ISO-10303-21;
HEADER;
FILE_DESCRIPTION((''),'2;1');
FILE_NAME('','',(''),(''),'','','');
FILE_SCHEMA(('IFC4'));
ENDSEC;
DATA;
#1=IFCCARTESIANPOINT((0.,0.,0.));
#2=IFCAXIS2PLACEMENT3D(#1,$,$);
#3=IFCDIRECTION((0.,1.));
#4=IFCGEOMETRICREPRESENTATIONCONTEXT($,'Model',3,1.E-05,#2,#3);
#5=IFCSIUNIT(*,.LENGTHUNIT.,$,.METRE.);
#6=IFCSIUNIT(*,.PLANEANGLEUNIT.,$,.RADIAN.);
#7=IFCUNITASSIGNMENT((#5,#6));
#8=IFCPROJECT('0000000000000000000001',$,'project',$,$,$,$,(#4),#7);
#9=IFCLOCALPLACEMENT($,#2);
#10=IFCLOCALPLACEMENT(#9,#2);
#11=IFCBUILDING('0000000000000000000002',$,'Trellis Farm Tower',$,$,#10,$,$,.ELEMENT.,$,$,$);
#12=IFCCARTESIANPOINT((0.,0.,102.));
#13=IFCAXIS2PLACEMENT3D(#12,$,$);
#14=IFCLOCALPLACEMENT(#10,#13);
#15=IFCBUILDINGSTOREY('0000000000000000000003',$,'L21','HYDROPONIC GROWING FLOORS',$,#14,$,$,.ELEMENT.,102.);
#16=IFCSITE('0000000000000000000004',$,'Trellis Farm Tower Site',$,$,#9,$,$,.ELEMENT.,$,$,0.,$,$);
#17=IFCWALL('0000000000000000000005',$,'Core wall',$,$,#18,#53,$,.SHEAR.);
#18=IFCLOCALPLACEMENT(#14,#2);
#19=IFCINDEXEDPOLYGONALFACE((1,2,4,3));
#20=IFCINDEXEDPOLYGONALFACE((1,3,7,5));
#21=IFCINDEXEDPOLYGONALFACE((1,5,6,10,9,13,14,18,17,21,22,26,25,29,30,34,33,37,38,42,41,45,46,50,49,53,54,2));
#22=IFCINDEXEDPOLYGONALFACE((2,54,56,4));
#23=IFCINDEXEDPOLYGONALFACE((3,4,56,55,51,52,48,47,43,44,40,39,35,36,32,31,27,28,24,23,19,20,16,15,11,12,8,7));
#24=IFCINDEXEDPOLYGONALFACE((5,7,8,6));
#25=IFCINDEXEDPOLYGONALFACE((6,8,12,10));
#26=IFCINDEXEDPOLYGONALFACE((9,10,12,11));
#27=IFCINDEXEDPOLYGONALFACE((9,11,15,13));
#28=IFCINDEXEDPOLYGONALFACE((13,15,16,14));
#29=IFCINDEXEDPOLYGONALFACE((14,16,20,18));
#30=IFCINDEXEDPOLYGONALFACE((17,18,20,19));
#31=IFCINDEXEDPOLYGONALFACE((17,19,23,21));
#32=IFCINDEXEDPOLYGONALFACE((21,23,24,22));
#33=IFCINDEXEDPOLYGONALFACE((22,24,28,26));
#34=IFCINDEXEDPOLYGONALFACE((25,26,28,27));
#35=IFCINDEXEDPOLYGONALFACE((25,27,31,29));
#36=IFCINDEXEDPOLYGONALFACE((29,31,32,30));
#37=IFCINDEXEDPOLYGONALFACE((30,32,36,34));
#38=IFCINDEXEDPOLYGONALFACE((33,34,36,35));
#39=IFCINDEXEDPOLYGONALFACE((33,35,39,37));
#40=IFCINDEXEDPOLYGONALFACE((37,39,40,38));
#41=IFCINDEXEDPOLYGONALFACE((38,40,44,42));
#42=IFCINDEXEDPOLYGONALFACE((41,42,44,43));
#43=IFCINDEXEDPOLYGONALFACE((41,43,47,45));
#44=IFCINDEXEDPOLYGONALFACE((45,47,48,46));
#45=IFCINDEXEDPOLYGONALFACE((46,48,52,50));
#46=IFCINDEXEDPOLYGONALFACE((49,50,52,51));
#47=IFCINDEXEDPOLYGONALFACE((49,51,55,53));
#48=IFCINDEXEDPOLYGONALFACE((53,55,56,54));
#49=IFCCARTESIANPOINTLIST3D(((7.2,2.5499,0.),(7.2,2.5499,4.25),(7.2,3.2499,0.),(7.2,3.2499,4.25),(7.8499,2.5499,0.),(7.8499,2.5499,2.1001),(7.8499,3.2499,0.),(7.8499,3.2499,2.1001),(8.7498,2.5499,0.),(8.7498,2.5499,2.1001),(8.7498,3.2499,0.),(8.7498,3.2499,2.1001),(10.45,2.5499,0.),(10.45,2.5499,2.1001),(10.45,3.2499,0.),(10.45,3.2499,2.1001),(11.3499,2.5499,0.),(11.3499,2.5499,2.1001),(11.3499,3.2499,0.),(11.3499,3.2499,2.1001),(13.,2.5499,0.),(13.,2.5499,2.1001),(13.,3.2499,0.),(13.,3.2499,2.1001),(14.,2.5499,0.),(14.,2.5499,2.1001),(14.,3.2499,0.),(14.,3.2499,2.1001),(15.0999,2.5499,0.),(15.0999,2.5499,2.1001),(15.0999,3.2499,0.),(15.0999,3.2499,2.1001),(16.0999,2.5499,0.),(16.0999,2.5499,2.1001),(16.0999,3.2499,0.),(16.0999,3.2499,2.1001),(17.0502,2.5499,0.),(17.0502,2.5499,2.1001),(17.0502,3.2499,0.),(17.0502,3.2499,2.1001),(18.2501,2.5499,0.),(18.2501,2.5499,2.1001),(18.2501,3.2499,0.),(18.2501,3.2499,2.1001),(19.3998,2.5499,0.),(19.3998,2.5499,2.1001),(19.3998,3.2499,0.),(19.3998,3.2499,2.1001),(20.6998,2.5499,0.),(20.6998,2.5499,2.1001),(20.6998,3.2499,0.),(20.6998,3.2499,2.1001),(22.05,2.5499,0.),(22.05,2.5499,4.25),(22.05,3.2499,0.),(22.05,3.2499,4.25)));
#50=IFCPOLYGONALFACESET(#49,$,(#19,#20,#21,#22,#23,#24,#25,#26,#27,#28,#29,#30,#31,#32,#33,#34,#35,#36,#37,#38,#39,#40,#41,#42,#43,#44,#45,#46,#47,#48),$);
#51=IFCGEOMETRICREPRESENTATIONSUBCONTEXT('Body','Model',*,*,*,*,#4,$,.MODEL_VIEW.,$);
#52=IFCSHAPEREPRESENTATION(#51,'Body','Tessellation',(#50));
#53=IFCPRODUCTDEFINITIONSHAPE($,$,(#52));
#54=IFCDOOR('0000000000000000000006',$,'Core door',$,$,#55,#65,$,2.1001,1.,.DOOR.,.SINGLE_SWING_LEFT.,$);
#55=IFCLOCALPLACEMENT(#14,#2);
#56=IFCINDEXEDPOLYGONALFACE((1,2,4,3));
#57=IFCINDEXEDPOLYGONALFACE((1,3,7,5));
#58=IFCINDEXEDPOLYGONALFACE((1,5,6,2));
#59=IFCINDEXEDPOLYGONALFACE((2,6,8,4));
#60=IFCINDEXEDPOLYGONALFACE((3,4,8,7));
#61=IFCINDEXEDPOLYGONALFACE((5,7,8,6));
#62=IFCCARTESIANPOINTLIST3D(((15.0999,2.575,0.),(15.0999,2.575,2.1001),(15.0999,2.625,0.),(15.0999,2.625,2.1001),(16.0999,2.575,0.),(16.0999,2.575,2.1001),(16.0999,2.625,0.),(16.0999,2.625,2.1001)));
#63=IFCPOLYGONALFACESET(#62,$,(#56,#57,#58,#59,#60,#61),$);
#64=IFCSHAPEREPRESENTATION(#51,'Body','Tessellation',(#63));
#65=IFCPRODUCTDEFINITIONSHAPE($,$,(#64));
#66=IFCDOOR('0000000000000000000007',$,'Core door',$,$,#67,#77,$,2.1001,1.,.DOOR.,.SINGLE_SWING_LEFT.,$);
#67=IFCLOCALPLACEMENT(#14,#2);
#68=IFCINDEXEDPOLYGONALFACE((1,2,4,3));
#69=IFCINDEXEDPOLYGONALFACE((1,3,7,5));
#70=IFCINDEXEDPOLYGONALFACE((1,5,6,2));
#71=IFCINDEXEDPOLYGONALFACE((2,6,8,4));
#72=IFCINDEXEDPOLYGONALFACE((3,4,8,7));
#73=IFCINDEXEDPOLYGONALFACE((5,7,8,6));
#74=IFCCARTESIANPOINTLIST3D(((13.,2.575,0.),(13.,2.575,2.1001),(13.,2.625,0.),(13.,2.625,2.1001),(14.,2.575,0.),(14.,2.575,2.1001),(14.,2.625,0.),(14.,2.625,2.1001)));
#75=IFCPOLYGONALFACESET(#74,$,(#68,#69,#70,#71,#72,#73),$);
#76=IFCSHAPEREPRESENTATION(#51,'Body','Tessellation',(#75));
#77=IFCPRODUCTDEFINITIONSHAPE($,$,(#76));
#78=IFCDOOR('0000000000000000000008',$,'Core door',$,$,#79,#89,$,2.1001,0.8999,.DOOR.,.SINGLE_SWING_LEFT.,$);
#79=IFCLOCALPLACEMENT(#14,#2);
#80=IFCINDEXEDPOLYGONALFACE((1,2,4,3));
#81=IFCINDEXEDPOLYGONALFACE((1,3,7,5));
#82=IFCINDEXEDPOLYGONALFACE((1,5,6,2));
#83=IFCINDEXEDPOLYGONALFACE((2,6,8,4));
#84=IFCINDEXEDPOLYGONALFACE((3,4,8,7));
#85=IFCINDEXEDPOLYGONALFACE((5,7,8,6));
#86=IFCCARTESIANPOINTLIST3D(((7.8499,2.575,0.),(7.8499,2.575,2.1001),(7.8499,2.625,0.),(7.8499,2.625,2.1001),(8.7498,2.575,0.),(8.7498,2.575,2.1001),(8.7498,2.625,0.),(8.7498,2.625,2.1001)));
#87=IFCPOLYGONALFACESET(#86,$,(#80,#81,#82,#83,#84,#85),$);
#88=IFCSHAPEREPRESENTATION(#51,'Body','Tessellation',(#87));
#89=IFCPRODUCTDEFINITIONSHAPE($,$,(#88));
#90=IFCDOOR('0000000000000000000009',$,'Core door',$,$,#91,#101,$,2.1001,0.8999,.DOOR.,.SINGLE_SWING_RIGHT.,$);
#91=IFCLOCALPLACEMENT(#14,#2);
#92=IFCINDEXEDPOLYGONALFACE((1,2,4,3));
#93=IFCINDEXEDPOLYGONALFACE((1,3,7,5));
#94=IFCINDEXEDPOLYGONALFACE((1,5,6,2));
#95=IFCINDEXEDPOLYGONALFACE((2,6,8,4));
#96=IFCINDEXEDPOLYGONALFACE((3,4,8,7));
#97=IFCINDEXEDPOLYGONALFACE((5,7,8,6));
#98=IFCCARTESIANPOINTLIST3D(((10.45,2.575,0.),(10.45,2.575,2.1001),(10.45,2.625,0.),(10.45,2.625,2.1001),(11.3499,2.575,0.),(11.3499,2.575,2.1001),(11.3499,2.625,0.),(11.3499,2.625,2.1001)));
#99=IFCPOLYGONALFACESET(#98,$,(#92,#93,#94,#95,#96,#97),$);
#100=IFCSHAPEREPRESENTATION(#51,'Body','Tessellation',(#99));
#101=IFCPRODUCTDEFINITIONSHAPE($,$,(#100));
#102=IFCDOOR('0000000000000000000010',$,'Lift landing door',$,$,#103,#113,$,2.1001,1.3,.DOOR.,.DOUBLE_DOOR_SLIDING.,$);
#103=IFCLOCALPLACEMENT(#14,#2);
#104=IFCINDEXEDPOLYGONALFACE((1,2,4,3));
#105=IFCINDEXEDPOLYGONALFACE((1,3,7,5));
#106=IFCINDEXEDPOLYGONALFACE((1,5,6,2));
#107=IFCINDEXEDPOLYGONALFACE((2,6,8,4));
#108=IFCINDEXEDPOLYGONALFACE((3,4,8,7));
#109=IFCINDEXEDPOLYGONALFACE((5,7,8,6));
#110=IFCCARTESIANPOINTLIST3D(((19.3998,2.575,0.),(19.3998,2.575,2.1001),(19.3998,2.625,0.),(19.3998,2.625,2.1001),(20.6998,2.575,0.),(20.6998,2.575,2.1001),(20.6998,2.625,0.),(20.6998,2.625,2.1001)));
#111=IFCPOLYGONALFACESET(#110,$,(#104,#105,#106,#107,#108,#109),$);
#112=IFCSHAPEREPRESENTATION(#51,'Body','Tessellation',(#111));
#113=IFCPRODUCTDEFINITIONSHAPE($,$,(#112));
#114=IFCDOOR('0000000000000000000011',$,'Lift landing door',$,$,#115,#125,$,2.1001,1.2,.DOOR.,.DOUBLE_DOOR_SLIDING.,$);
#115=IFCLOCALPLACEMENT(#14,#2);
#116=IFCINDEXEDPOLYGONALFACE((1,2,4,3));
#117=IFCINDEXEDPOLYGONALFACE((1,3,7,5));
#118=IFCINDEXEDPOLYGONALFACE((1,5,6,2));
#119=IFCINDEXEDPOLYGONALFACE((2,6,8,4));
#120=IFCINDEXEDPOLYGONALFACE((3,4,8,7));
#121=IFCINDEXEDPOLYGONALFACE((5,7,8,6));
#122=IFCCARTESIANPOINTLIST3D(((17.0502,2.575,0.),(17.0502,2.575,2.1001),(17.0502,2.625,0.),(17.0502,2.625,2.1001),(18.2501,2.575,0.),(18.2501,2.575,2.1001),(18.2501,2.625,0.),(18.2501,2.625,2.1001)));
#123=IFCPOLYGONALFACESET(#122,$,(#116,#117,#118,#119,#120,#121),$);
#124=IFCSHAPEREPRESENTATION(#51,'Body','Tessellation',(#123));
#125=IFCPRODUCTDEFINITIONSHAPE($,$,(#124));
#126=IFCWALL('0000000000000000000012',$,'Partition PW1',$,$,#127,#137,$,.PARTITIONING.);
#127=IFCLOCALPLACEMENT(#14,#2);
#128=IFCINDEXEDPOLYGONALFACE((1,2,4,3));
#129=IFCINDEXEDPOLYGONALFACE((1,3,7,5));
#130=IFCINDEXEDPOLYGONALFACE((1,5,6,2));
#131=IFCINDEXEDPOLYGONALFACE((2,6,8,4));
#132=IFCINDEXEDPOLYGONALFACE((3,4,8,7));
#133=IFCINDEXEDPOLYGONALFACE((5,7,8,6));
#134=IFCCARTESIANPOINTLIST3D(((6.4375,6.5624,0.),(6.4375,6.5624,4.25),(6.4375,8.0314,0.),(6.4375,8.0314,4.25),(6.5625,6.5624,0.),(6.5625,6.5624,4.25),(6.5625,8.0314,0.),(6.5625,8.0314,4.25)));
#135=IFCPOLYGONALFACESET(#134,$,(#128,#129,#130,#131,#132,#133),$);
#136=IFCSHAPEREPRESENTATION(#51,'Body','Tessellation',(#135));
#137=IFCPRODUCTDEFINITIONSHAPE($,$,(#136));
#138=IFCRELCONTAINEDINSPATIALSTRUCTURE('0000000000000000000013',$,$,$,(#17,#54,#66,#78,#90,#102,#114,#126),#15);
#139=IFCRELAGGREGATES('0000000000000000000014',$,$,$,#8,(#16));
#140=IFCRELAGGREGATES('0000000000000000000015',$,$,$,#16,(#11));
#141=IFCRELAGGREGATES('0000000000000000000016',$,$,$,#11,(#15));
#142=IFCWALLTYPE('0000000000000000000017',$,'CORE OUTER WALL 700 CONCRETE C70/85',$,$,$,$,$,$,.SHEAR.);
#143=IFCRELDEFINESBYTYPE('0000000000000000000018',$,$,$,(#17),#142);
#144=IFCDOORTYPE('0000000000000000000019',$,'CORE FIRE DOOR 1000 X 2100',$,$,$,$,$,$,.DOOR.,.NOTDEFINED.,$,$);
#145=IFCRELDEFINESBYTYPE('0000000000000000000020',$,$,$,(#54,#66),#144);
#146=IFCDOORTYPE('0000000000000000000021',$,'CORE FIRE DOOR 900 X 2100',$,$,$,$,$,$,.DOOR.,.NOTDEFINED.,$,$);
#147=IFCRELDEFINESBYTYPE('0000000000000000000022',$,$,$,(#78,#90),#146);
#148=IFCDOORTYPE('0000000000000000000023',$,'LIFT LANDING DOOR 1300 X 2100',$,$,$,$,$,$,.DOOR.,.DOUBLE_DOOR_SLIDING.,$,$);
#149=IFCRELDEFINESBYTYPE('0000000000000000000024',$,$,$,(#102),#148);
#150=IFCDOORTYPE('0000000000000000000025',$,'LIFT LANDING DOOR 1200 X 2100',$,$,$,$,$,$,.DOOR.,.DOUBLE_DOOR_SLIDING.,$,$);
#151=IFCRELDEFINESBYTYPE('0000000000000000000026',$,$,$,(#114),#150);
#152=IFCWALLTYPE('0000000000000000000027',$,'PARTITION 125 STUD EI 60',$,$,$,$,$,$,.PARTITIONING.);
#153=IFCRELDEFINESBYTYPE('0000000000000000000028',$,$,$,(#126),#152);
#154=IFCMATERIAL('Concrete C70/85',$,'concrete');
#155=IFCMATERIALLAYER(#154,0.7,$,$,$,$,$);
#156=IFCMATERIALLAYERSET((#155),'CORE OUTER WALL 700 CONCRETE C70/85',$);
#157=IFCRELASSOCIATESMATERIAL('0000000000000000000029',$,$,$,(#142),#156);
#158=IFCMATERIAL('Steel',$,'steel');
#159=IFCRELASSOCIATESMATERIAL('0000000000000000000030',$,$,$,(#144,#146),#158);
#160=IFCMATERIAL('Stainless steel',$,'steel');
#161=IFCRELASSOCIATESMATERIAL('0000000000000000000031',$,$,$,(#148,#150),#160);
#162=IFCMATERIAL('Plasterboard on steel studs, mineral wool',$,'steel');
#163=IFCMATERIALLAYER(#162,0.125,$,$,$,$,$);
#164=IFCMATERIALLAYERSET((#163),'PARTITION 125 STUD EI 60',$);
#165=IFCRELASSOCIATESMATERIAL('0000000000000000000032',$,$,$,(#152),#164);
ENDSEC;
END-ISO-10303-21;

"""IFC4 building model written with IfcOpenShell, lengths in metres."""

from ifc_helpers import new_model, si_unit, direction, frame, frame_2d, origin, place, context, subcontext, project, spatial, rectangle, extrude, source, transform, mapped, material, layer, layer_set, type_object, element, fill, save


model = new_model("IFC4")

# Units and contexts
model_context = context("Model", 3, precision=1e-05, world=origin(), true_north=direction((0.0, 1.0)))
body_context = subcontext(model_context, "Body", "Model", "MODEL_VIEW")
ifc_project = project(units=[si_unit("LENGTHUNIT", "METRE"), si_unit("PLANEANGLEUNIT", "RADIAN")], contexts=[model_context])

# Site, building, storey
site_placement = place(None, origin())
site = spatial("IfcSite", under=ifc_project, at=site_placement, Name="Trellis Farm Tower Site", CompositionType="ELEMENT", RefElevation=0.0)
building_placement = place(site_placement, origin())
building = spatial("IfcBuilding", under=site, at=building_placement, Name="Trellis Farm Tower", CompositionType="ELEMENT")
storey_placement = place(building_placement, frame((0.0, 0.0, 102.0)))
storey = spatial("IfcBuildingStorey", under=building, at=storey_placement, Name="L21", Description="HYDROPONIC GROWING FLOORS", CompositionType="ELEMENT", Elevation=102.0)

# Shared definitions
ifc_material_1 = material(Name="Concrete C70/85", Category="concrete")

# Wall, openings, doors
ifc_layer_1 = layer(ifc_material_1, 0.7)
ifc_layer_set_1 = layer_set([ifc_layer_1], Name="CORE OUTER WALL 700 CONCRETE C70/85")
wall_type_1 = type_object("IfcWallType", Name="CORE OUTER WALL 700 CONCRETE C70/85", PredefinedType="SHEAR", material=ifc_layer_set_1)
shared_shape_1 = source(origin(), body_context, "Body", "SweptSolid", [
    extrude(rectangle(XDim=14.8501, YDim=0.7, at=frame_2d((7.425, 0.0))), origin(), (0.0, 0.0, 1.0), 4.25),
])
wall_1_placement = place(storey_placement, frame((7.2, 2.8999, 0.0), z_axis=(0.0, 0.0, 1.0), x_axis=(1.0, 0.0, 0.0)))
wall_1 = element("IfcWall", 1, at=wall_1_placement, inside=storey, type_object=wall_type_1, Name="Core wall", PredefinedType="SHEAR", context=body_context, shape_type="MappedRepresentation", body=[
    mapped(shared_shape_1, transform((0.0, 0.0, 0.0))),
])
shared_shape_2 = source(origin(), body_context, "Body", "SweptSolid", [
    extrude(rectangle(XDim=1.3, YDim=2.1001, at=frame_2d((0.6499, 1.05))), frame((0.0, 0.3601, 0.0), z_axis=(0.0, -1.0, 0.0), x_axis=(1.0, 0.0, 0.0)), (0.0, 0.0, 1.0), 0.7202),
])
opening_1_placement = place(wall_1_placement, frame((12.2, 0.0, 0.0)))
opening_1 = element("IfcOpeningElement", 2, at=opening_1_placement, cuts=wall_1, PredefinedType="OPENING", context=body_context, shape_type="MappedRepresentation", body=[
    mapped(shared_shape_2, transform((0.0, 0.0, 0.0))),
])
shared_shape_3 = source(origin(), body_context, "Body", "SweptSolid", [
    extrude(rectangle(XDim=1.2, YDim=2.1001, at=frame_2d((0.6001, 1.05))), frame((0.0, 0.3601, 0.0), z_axis=(0.0, -1.0, 0.0), x_axis=(1.0, 0.0, 0.0)), (0.0, 0.0, 1.0), 0.7202),
])
opening_2_placement = place(wall_1_placement, frame((9.8501, 0.0, 0.0)))
opening_2 = element("IfcOpeningElement", 3, at=opening_2_placement, cuts=wall_1, PredefinedType="OPENING", context=body_context, shape_type="MappedRepresentation", body=[
    mapped(shared_shape_3, transform((0.0, 0.0, 0.0))),
])
shared_shape_4 = source(origin(), body_context, "Body", "SweptSolid", [
    extrude(rectangle(XDim=1.0, YDim=2.1001, at=frame_2d((0.5, 1.05))), frame((0.0, 0.3601, 0.0), z_axis=(0.0, -1.0, 0.0), x_axis=(1.0, 0.0, 0.0)), (0.0, 0.0, 1.0), 0.7202),
])
opening_3_placement = place(wall_1_placement, frame((7.8999, 0.0, 0.0)))
opening_3 = element("IfcOpeningElement", 4, at=opening_3_placement, cuts=wall_1, PredefinedType="OPENING", context=body_context, shape_type="MappedRepresentation", body=[
    mapped(shared_shape_4, transform((0.0, 0.0, 0.0))),
])
shared_shape_5 = source(origin(), body_context, "Body", "SweptSolid", [
    extrude(rectangle(XDim=0.8999, YDim=2.1001, at=frame_2d((0.45, 1.05))), frame((0.0, 0.3601, 0.0), z_axis=(0.0, -1.0, 0.0), x_axis=(1.0, 0.0, 0.0)), (0.0, 0.0, 1.0), 0.7202),
])
opening_4_placement = place(wall_1_placement, frame((0.6499, 0.0, 0.0)))
opening_4 = element("IfcOpeningElement", 5, at=opening_4_placement, cuts=wall_1, PredefinedType="OPENING", context=body_context, shape_type="MappedRepresentation", body=[
    mapped(shared_shape_5, transform((0.0, 0.0, 0.0))),
])
opening_5_placement = place(wall_1_placement, frame((3.25, 0.0, 0.0)))
opening_5 = element("IfcOpeningElement", 6, at=opening_5_placement, cuts=wall_1, PredefinedType="OPENING", context=body_context, shape_type="MappedRepresentation", body=[
    mapped(shared_shape_5, transform((0.0, 0.0, 0.0))),
])
opening_6_placement = place(wall_1_placement, frame((5.8, 0.0, 0.0)))
opening_6 = element("IfcOpeningElement", 7, at=opening_6_placement, cuts=wall_1, PredefinedType="OPENING", context=body_context, shape_type="MappedRepresentation", body=[
    mapped(shared_shape_4, transform((0.0, 0.0, 0.0))),
])
ifc_material_2 = material(Name="Steel", Category="steel")
door_type_1 = type_object("IfcDoorType", Name="CORE FIRE DOOR 1000 X 2100", OperationType="NOTDEFINED", PredefinedType="DOOR", material=ifc_material_2)
shared_shape_6 = source(origin(), body_context, "Body", "SweptSolid", [
    extrude(rectangle(XDim=1.0, YDim=2.1001, at=frame_2d((0.5, 1.05))), frame((0.0, -0.2749, 0.0), z_axis=(0.0, -1.0, 0.0), x_axis=(1.0, 0.0, 0.0)), (0.0, 0.0, 1.0), 0.05),
])
door_1_placement = place(opening_3_placement, origin())
door_1 = element("IfcDoor", 8, at=door_1_placement, inside=storey, type_object=door_type_1, Name="Core door", OperationType="SINGLE_SWING_LEFT", OverallHeight=2.1001, OverallWidth=1.0, PredefinedType="DOOR", context=body_context, shape_type="MappedRepresentation", body=[
    mapped(shared_shape_6, transform((0.0, 0.0, 0.0))),
])
fill(opening_3, door_1)
door_2_placement = place(opening_6_placement, origin())
door_2 = element("IfcDoor", 9, at=door_2_placement, inside=storey, type_object=door_type_1, Name="Core door", OperationType="SINGLE_SWING_LEFT", OverallHeight=2.1001, OverallWidth=1.0, PredefinedType="DOOR", context=body_context, shape_type="MappedRepresentation", body=[
    mapped(shared_shape_6, transform((0.0, 0.0, 0.0))),
])
fill(opening_6, door_2)
door_type_2 = type_object("IfcDoorType", Name="CORE FIRE DOOR 900 X 2100", OperationType="NOTDEFINED", PredefinedType="DOOR", material=ifc_material_2)
shared_shape_7 = source(origin(), body_context, "Body", "SweptSolid", [
    extrude(rectangle(XDim=0.8999, YDim=2.1001, at=frame_2d((0.45, 1.05))), frame((0.0, -0.2749, 0.0), z_axis=(0.0, -1.0, 0.0), x_axis=(1.0, 0.0, 0.0)), (0.0, 0.0, 1.0), 0.05),
])
door_3_placement = place(opening_4_placement, origin())
door_3 = element("IfcDoor", 10, at=door_3_placement, inside=storey, type_object=door_type_2, Name="Core door", OperationType="SINGLE_SWING_LEFT", OverallHeight=2.1001, OverallWidth=0.8999, PredefinedType="DOOR", context=body_context, shape_type="MappedRepresentation", body=[
    mapped(shared_shape_7, transform((0.0, 0.0, 0.0))),
])
fill(opening_4, door_3)
door_4_placement = place(opening_5_placement, origin())
door_4 = element("IfcDoor", 11, at=door_4_placement, inside=storey, type_object=door_type_2, Name="Core door", OperationType="SINGLE_SWING_RIGHT", OverallHeight=2.1001, OverallWidth=0.8999, PredefinedType="DOOR", context=body_context, shape_type="MappedRepresentation", body=[
    mapped(shared_shape_7, transform((0.0, 0.0, 0.0))),
])
fill(opening_5, door_4)
ifc_material_3 = material(Name="Stainless steel", Category="steel")
door_type_3 = type_object("IfcDoorType", Name="LIFT LANDING DOOR 1300 X 2100", OperationType="DOUBLE_DOOR_SLIDING", PredefinedType="DOOR", material=ifc_material_3)
shared_shape_8 = source(origin(), body_context, "Body", "SweptSolid", [
    extrude(rectangle(XDim=1.3, YDim=2.1001, at=frame_2d((0.6499, 1.05))), frame((0.0, -0.2749, 0.0), z_axis=(0.0, -1.0, 0.0), x_axis=(1.0, 0.0, 0.0)), (0.0, 0.0, 1.0), 0.05),
])
door_5_placement = place(opening_1_placement, origin())
door_5 = element("IfcDoor", 12, at=door_5_placement, inside=storey, type_object=door_type_3, Name="Lift landing door", OperationType="DOUBLE_DOOR_SLIDING", OverallHeight=2.1001, OverallWidth=1.3, PredefinedType="DOOR", context=body_context, shape_type="MappedRepresentation", body=[
    mapped(shared_shape_8, transform((0.0, 0.0, 0.0))),
])
fill(opening_1, door_5)
door_type_4 = type_object("IfcDoorType", Name="LIFT LANDING DOOR 1200 X 2100", OperationType="DOUBLE_DOOR_SLIDING", PredefinedType="DOOR", material=ifc_material_3)
shared_shape_9 = source(origin(), body_context, "Body", "SweptSolid", [
    extrude(rectangle(XDim=1.2, YDim=2.1001, at=frame_2d((0.6001, 1.05))), frame((0.0, -0.2749, 0.0), z_axis=(0.0, -1.0, 0.0), x_axis=(1.0, 0.0, 0.0)), (0.0, 0.0, 1.0), 0.05),
])
door_6_placement = place(opening_2_placement, origin())
door_6 = element("IfcDoor", 13, at=door_6_placement, inside=storey, type_object=door_type_4, Name="Lift landing door", OperationType="DOUBLE_DOOR_SLIDING", OverallHeight=2.1001, OverallWidth=1.2, PredefinedType="DOOR", context=body_context, shape_type="MappedRepresentation", body=[
    mapped(shared_shape_9, transform((0.0, 0.0, 0.0))),
])
fill(opening_2, door_6)

# Wall
ifc_material_4 = material(Name="Plasterboard on steel studs, mineral wool", Category="steel")
ifc_layer_2 = layer(ifc_material_4, 0.125)
ifc_layer_set_2 = layer_set([ifc_layer_2], Name="PARTITION 125 STUD EI 60")
wall_type_2 = type_object("IfcWallType", Name="PARTITION 125 STUD EI 60", PredefinedType="PARTITIONING", material=ifc_layer_set_2)
shared_shape_10 = source(origin(), body_context, "Body", "SweptSolid", [
    extrude(rectangle(XDim=1.469, YDim=0.125, at=frame_2d((0.7344, 0.0))), origin(), (0.0, 0.0, 1.0), 4.25),
])
wall_2_placement = place(storey_placement, frame((6.5, 6.5625, 0.0), z_axis=(0.0, 0.0, 1.0), x_axis=(0.0, 1.0, 0.0)))
element("IfcWall", 14, at=wall_2_placement, inside=storey, type_object=wall_type_2, Name="Partition PW1", PredefinedType="PARTITIONING", context=body_context, shape_type="MappedRepresentation", body=[
    mapped(shared_shape_10, transform((0.0, 0.0, 0.0))),
])

save(model, "model.ifc")
